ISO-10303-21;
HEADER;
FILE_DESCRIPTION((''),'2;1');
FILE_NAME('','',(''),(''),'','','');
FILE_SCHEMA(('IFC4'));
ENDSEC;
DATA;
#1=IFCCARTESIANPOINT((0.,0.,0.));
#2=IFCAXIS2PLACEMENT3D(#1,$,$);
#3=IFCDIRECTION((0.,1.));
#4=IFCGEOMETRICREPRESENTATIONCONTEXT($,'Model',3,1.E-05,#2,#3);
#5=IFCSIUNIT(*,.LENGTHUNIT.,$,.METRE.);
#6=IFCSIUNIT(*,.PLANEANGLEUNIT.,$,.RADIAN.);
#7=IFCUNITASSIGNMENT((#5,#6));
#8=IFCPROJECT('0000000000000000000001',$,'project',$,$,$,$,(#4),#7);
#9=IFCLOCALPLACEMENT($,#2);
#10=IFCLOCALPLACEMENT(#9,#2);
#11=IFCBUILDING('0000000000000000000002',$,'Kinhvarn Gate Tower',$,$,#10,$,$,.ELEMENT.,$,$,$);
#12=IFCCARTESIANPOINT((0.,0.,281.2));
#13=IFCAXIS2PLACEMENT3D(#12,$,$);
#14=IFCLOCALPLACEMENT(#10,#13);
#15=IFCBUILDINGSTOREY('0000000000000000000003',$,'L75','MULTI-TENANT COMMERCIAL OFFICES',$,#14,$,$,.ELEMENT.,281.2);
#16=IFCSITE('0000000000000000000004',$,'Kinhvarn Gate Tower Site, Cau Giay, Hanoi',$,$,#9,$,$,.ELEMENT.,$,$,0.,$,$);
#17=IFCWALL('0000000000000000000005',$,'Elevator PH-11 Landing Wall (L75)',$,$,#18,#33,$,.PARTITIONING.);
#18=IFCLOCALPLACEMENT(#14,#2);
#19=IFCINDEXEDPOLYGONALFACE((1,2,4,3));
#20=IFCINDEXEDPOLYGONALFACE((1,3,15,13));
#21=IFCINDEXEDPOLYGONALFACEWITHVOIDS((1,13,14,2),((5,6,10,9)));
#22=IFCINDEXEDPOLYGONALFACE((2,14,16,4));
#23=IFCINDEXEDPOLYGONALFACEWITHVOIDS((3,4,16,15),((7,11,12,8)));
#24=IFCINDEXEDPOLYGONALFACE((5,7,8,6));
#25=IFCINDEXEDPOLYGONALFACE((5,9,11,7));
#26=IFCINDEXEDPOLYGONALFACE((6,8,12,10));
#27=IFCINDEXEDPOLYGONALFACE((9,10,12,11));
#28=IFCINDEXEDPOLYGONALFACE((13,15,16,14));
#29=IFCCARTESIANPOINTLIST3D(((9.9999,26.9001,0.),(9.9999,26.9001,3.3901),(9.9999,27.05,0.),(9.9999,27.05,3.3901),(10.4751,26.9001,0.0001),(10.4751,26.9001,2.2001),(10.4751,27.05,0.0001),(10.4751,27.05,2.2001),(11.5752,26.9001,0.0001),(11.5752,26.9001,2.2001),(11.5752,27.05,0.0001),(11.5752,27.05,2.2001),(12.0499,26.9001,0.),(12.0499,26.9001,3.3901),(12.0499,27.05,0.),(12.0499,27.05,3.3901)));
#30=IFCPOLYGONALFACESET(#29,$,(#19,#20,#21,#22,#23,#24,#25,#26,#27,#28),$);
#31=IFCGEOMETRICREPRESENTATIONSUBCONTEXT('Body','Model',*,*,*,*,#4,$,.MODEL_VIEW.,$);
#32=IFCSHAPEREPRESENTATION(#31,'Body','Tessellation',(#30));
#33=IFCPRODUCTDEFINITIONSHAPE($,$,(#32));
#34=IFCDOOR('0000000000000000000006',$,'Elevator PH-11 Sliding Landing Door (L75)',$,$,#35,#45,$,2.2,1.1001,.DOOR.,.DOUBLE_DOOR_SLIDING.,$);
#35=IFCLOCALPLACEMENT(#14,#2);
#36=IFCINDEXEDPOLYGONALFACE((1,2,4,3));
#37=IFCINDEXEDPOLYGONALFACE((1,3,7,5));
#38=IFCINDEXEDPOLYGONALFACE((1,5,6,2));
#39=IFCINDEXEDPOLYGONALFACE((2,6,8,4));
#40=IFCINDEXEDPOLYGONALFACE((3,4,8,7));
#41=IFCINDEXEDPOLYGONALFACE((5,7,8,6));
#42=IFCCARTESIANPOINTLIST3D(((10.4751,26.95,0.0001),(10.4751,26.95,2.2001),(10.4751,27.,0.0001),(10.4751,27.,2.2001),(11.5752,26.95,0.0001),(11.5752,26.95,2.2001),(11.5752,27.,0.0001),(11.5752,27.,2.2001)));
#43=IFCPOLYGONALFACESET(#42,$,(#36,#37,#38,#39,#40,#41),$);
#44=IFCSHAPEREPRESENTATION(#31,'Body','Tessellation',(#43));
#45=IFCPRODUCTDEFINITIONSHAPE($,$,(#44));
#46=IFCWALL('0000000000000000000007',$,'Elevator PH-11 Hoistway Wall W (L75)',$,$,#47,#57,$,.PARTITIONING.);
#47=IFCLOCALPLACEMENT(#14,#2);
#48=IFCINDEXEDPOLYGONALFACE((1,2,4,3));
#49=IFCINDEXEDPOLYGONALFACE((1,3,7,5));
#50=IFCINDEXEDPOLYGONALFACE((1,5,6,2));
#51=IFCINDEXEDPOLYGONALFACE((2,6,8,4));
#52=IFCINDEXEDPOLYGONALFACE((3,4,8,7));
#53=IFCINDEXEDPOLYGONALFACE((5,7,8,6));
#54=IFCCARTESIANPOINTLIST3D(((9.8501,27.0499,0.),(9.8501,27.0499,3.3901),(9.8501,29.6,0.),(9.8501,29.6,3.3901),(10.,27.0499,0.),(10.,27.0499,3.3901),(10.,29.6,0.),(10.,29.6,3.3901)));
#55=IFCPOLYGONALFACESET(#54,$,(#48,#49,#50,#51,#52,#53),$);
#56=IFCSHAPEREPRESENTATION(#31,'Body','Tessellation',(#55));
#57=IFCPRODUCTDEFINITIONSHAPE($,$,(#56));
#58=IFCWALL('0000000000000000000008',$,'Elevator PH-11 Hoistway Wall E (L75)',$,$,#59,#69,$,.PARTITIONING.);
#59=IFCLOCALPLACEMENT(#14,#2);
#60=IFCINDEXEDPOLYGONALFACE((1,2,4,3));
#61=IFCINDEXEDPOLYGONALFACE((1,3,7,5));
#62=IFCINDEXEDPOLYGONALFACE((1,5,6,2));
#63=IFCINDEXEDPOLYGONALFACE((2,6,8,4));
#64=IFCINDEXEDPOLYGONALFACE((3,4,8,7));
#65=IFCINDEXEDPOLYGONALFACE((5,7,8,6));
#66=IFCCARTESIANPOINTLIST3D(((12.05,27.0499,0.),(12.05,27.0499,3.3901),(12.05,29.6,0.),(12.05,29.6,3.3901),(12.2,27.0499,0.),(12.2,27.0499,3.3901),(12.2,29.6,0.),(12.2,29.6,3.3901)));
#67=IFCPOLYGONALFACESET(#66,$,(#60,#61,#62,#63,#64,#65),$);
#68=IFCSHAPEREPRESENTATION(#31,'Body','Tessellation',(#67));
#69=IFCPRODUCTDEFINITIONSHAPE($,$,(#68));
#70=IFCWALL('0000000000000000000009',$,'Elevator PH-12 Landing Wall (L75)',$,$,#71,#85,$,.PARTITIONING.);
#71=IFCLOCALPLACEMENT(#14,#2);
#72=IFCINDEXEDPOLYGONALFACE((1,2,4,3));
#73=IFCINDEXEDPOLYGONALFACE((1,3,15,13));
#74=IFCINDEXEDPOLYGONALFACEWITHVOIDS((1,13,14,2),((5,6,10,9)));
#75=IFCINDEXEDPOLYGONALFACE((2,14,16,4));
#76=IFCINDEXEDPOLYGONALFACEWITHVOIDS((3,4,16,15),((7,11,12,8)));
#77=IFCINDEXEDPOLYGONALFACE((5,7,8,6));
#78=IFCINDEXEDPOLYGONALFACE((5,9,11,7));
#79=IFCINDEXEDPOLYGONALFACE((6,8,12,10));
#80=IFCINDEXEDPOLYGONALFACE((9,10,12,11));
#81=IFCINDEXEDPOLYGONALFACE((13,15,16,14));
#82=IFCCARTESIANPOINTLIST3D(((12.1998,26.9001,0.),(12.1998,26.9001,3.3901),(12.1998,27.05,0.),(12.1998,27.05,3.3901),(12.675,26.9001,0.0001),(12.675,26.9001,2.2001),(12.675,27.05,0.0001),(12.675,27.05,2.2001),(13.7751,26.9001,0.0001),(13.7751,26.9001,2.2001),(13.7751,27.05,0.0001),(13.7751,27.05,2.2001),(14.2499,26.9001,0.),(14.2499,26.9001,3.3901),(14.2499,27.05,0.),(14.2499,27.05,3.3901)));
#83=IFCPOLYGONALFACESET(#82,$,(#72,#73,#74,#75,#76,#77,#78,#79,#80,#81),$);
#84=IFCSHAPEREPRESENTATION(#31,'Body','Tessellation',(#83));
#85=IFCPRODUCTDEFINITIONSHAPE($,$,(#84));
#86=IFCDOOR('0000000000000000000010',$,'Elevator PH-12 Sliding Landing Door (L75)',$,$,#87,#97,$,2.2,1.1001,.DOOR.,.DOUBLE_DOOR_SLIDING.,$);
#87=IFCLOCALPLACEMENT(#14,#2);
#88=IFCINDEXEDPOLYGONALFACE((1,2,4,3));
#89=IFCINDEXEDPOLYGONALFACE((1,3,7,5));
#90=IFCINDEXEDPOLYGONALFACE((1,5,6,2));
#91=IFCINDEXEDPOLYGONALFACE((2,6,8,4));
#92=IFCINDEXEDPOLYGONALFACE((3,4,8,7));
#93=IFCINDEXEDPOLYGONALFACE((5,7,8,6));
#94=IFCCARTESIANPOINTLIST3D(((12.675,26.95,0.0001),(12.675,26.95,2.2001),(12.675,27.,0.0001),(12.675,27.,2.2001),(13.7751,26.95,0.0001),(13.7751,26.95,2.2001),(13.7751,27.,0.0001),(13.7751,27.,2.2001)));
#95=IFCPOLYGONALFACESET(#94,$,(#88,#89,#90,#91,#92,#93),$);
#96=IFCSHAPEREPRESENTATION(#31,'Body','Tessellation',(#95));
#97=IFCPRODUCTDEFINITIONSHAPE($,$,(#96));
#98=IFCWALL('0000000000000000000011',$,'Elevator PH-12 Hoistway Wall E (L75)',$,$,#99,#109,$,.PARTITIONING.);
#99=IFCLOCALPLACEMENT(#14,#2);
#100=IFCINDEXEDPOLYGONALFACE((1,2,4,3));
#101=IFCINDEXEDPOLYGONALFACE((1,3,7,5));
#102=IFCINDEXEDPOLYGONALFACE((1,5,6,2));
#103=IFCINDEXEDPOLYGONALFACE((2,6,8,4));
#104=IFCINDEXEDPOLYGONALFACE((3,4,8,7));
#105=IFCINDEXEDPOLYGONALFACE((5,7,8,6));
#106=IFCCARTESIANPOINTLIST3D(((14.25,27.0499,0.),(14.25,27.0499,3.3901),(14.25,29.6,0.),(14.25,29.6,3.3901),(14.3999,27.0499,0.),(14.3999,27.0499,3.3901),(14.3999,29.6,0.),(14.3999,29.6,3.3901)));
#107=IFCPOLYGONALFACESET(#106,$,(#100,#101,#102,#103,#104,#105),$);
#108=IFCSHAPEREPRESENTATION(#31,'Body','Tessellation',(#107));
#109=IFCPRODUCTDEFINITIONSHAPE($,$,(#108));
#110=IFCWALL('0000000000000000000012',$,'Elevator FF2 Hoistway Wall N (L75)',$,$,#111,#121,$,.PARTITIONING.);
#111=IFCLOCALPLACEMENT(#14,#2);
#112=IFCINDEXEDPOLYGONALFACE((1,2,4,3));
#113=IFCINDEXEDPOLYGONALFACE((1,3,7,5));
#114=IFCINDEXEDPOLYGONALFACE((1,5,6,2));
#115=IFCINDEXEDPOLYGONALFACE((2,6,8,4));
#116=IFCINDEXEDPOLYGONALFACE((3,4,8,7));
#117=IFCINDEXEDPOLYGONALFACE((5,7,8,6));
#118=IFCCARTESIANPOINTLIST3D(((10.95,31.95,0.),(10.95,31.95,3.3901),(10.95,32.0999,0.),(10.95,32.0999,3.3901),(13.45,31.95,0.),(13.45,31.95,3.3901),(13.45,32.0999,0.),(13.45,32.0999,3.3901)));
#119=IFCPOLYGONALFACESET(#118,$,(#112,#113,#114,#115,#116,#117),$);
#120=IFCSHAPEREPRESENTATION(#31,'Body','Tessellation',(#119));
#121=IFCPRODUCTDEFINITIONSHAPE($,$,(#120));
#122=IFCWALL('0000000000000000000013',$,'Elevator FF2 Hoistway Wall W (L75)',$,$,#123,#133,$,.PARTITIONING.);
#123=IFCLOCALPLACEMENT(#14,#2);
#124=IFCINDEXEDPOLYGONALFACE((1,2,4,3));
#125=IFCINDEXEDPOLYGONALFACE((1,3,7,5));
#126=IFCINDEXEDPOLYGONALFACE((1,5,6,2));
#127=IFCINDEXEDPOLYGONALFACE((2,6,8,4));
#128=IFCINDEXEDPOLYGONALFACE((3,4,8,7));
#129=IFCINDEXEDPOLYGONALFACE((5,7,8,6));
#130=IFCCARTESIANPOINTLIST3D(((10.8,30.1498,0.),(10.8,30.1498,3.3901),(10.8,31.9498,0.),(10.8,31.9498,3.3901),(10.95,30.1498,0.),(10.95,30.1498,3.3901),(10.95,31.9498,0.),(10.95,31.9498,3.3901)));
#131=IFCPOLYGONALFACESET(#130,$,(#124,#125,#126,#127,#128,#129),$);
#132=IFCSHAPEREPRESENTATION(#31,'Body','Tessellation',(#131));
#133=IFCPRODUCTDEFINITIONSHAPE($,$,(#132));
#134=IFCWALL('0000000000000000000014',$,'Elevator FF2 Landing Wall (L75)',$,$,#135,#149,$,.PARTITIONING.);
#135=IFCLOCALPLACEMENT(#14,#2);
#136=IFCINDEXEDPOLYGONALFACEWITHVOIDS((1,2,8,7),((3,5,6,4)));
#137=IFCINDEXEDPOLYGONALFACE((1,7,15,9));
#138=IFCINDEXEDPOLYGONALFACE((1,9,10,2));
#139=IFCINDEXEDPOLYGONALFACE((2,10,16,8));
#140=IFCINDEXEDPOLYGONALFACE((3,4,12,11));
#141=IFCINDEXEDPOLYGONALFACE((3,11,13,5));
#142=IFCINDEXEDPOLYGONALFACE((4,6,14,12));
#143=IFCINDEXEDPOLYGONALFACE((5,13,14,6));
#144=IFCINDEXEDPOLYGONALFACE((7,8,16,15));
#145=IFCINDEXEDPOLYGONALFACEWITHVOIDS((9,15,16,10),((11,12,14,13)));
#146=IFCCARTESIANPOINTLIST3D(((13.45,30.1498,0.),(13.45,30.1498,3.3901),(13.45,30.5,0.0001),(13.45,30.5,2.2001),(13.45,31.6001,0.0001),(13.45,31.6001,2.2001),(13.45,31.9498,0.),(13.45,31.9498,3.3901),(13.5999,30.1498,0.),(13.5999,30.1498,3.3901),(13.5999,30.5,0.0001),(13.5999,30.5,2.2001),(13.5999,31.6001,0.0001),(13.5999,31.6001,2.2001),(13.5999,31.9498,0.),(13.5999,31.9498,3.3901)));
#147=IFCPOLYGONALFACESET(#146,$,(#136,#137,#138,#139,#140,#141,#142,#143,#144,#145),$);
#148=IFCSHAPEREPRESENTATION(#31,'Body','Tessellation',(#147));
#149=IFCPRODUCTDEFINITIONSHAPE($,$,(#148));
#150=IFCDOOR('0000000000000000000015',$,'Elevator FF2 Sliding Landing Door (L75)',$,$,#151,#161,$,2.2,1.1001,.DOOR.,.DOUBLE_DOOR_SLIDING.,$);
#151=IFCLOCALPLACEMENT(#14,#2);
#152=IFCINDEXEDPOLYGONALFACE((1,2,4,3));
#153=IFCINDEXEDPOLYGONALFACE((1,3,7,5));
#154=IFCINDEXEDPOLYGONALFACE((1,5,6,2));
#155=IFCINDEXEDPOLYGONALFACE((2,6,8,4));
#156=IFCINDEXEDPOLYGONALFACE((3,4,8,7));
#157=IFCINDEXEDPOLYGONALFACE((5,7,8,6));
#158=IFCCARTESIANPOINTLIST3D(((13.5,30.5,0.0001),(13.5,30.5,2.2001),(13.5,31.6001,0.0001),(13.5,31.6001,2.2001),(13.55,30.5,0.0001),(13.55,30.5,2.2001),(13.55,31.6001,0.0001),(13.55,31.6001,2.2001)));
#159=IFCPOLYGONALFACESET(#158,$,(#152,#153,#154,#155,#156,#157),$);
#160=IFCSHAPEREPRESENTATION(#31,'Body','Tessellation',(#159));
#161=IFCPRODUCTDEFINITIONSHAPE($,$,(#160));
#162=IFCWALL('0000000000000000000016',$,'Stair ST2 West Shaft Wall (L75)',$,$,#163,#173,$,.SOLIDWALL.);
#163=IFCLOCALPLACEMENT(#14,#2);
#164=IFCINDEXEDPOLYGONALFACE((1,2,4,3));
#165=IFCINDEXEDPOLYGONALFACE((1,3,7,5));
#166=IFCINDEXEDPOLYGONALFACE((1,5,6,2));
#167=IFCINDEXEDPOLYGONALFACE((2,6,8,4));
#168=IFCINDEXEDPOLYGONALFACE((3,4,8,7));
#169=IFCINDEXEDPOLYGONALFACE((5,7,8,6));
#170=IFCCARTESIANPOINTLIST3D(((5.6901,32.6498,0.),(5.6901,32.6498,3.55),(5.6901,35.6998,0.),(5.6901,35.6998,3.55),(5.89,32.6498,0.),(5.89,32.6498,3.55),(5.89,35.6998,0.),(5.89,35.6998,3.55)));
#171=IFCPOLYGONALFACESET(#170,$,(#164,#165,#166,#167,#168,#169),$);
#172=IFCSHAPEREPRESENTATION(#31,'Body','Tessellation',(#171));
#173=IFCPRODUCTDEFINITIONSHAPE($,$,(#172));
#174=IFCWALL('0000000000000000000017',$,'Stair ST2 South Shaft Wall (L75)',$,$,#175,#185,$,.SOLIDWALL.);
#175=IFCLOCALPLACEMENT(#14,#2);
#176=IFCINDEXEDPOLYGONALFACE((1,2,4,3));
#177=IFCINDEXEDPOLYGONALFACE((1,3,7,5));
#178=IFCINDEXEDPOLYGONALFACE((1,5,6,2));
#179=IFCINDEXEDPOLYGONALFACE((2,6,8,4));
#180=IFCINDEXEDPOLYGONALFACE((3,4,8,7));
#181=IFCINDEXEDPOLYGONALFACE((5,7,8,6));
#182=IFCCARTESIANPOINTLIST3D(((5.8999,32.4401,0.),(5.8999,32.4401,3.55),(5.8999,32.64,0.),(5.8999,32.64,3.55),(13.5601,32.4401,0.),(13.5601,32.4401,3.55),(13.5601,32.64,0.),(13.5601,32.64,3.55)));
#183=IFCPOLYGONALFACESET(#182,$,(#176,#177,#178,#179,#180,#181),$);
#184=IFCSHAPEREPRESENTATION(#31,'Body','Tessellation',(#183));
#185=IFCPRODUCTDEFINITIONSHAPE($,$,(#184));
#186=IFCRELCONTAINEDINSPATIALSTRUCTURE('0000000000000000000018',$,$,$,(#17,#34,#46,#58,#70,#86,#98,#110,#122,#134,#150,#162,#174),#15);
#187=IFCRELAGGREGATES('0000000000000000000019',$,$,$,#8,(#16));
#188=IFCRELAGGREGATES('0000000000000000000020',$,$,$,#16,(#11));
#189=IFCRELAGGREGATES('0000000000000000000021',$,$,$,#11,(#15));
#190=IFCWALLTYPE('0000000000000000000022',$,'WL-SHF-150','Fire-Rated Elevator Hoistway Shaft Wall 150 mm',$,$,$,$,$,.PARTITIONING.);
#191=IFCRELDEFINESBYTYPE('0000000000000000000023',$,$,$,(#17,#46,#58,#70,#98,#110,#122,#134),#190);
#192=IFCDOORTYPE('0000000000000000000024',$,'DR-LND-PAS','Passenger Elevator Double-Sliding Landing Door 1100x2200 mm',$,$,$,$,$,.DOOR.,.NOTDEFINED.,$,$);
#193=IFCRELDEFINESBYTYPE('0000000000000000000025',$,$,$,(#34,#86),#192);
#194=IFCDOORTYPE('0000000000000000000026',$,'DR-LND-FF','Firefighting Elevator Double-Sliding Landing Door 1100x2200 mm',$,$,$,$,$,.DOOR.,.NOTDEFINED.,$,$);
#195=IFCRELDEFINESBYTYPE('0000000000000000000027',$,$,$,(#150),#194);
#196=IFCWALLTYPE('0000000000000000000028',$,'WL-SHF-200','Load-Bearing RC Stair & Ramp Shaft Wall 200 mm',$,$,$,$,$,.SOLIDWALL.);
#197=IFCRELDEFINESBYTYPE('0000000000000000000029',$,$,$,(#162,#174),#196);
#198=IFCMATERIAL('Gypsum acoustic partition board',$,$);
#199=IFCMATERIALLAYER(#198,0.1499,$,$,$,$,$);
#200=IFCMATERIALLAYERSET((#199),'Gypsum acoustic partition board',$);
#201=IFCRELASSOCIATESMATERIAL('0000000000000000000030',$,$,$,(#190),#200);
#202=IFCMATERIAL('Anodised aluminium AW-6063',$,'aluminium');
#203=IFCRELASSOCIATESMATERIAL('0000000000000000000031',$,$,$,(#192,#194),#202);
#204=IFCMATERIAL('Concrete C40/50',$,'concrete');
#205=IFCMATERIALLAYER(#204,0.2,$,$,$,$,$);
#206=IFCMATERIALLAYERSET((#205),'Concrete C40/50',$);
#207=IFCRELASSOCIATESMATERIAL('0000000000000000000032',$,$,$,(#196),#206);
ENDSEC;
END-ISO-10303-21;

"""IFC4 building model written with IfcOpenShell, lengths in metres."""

from ifc_helpers import new_model, si_unit, direction, frame, frame_2d, origin, place, context, subcontext, project, spatial, rectangle, extrude, material, layer, layer_set, type_object, element, fill, save


model = new_model("IFC4")

# Units and contexts
model_context = context("Model", 3, precision=1e-05, world=origin(), true_north=direction((0.0, 1.0)))
body_context = subcontext(model_context, "Body", "Model", "MODEL_VIEW")
ifc_project = project(units=[si_unit("LENGTHUNIT", "METRE"), si_unit("PLANEANGLEUNIT", "RADIAN")], contexts=[model_context])

# Site, building, storey
site_placement = place(None, origin())
site = spatial("IfcSite", under=ifc_project, at=site_placement, Name="Kinhvarn Gate Tower Site, Cau Giay, Hanoi", CompositionType="ELEMENT", RefElevation=0.0)
building_placement = place(site_placement, origin())
building = spatial("IfcBuilding", under=site, at=building_placement, Name="Kinhvarn Gate Tower", CompositionType="ELEMENT")
storey_placement = place(building_placement, frame((0.0, 0.0, 281.2)))
storey = spatial("IfcBuildingStorey", under=building, at=storey_placement, Name="L75", Description="MULTI-TENANT COMMERCIAL OFFICES", CompositionType="ELEMENT", Elevation=281.2)

# Shared definitions
ifc_material_1 = material(Name="Gypsum acoustic partition board")

# Shared definitions
ifc_material_2 = material(Name="Anodised aluminium AW-6063", Category="aluminium")

# Wall, opening, door
ifc_layer_1 = layer(ifc_material_1, 0.1499)
ifc_layer_set_1 = layer_set([ifc_layer_1], Name="Gypsum acoustic partition board")
wall_type_1 = type_object("IfcWallType", Name="WL-SHF-150", Description="Fire-Rated Elevator Hoistway Shaft Wall 150 mm", PredefinedType="PARTITIONING", material=ifc_layer_set_1)
door_type_1 = type_object("IfcDoorType", Name="DR-LND-PAS", Description="Passenger Elevator Double-Sliding Landing Door 1100x2200 mm", OperationType="NOTDEFINED", PredefinedType="DOOR", material=ifc_material_2)
wall_1_placement = place(storey_placement, frame((10.0, 26.9751, 0.0), z_axis=(0.0, 0.0, 1.0), x_axis=(1.0, 0.0, 0.0)))
wall_1 = element("IfcWall", 1, at=wall_1_placement, inside=storey, type_object=wall_type_1, Name="Elevator PH-11 Landing Wall (L75)", PredefinedType="PARTITIONING", context=body_context, shape_type="SweptSolid", body=[
    extrude(rectangle(XDim=2.05, YDim=0.1499, at=frame_2d((1.0249, 0.0))), origin(), (0.0, 0.0, 1.0), 3.3901),
])
opening_1_placement = place(wall_1_placement, frame((0.4751, 0.0, 0.0)))
opening_1 = element("IfcOpeningElement", 2, at=opening_1_placement, cuts=wall_1, PredefinedType="OPENING", context=body_context, shape_type="SweptSolid", body=[
    extrude(rectangle(XDim=1.1001, YDim=2.2, at=frame_2d((0.55, 1.1001))), frame((0.0, 0.085, 0.0), z_axis=(0.0, -1.0, 0.0), x_axis=(1.0, 0.0, 0.0)), (0.0, 0.0, 1.0), 0.1699),
])
door_1_placement = place(opening_1_placement, origin())
door_1 = element("IfcDoor", 3, at=door_1_placement, inside=storey, type_object=door_type_1, Name="Elevator PH-11 Sliding Landing Door (L75)", OperationType="DOUBLE_DOOR_SLIDING", OverallHeight=2.2, OverallWidth=1.1001, PredefinedType="DOOR", context=body_context, shape_type="SweptSolid", body=[
    extrude(rectangle(XDim=1.1001, YDim=2.2, at=frame_2d((0.55, 1.1001))), frame((0.0, 0.0249, 0.0), z_axis=(0.0, -1.0, 0.0), x_axis=(1.0, 0.0, 0.0)), (0.0, 0.0, 1.0), 0.05),
])
fill(opening_1, door_1)

# Walls
for number, where, z_axis, x_axis, name in (
    (4, (9.925, 27.05, 0.0), (0.0, 0.0, 1.0), (0.0, 1.0, 0.0), "Elevator PH-11 Hoistway Wall W (L75)"),
    (5, (12.125, 27.05, 0.0), (0.0, 0.0, 1.0), (0.0, 1.0, 0.0), "Elevator PH-11 Hoistway Wall E (L75)"),
):
    element("IfcWall", number, at=place(storey_placement, frame(where, z_axis=z_axis, x_axis=x_axis)), inside=storey, type_object=wall_type_1, Name=name, PredefinedType="PARTITIONING", context=body_context, shape_type="SweptSolid", body=[
        extrude(rectangle(XDim=2.55, YDim=0.1499, at=frame_2d((1.2749, 0.0))), origin(), (0.0, 0.0, 1.0), 3.3901),
    ])

# Wall, opening, door
wall_2_placement = place(storey_placement, frame((12.2, 26.9751, 0.0), z_axis=(0.0, 0.0, 1.0), x_axis=(1.0, 0.0, 0.0)))
wall_2 = element("IfcWall", 6, at=wall_2_placement, inside=storey, type_object=wall_type_1, Name="Elevator PH-12 Landing Wall (L75)", PredefinedType="PARTITIONING", context=body_context, shape_type="SweptSolid", body=[
    extrude(rectangle(XDim=2.05, YDim=0.1499, at=frame_2d((1.0249, 0.0))), origin(), (0.0, 0.0, 1.0), 3.3901),
])
opening_2_placement = place(wall_2_placement, frame((0.4751, 0.0, 0.0)))
opening_2 = element("IfcOpeningElement", 7, at=opening_2_placement, cuts=wall_2, PredefinedType="OPENING", context=body_context, shape_type="SweptSolid", body=[
    extrude(rectangle(XDim=1.1001, YDim=2.2, at=frame_2d((0.55, 1.1001))), frame((0.0, 0.085, 0.0), z_axis=(0.0, -1.0, 0.0), x_axis=(1.0, 0.0, 0.0)), (0.0, 0.0, 1.0), 0.1699),
])
door_2_placement = place(opening_2_placement, origin())
door_2 = element("IfcDoor", 8, at=door_2_placement, inside=storey, type_object=door_type_1, Name="Elevator PH-12 Sliding Landing Door (L75)", OperationType="DOUBLE_DOOR_SLIDING", OverallHeight=2.2, OverallWidth=1.1001, PredefinedType="DOOR", context=body_context, shape_type="SweptSolid", body=[
    extrude(rectangle(XDim=1.1001, YDim=2.2, at=frame_2d((0.55, 1.1001))), frame((0.0, 0.0249, 0.0), z_axis=(0.0, -1.0, 0.0), x_axis=(1.0, 0.0, 0.0)), (0.0, 0.0, 1.0), 0.05),
])
fill(opening_2, door_2)

# Walls
wall_3_placement = place(storey_placement, frame((14.325, 27.05, 0.0), z_axis=(0.0, 0.0, 1.0), x_axis=(0.0, 1.0, 0.0)))
element("IfcWall", 9, at=wall_3_placement, inside=storey, type_object=wall_type_1, Name="Elevator PH-12 Hoistway Wall E (L75)", PredefinedType="PARTITIONING", context=body_context, shape_type="SweptSolid", body=[
    extrude(rectangle(XDim=2.55, YDim=0.1499, at=frame_2d((1.2749, 0.0))), origin(), (0.0, 0.0, 1.0), 3.3901),
])
wall_4_placement = place(storey_placement, frame((10.95, 32.0249, 0.0), z_axis=(0.0, 0.0, 1.0), x_axis=(1.0, 0.0, 0.0)))
element("IfcWall", 10, at=wall_4_placement, inside=storey, type_object=wall_type_1, Name="Elevator FF2 Hoistway Wall N (L75)", PredefinedType="PARTITIONING", context=body_context, shape_type="SweptSolid", body=[
    extrude(rectangle(XDim=2.5, YDim=0.1499, at=frame_2d((1.25, 0.0))), origin(), (0.0, 0.0, 1.0), 3.3901),
])
wall_5_placement = place(storey_placement, frame((10.875, 30.1499, 0.0), z_axis=(0.0, 0.0, 1.0), x_axis=(0.0, 1.0, 0.0)))
element("IfcWall", 11, at=wall_5_placement, inside=storey, type_object=wall_type_1, Name="Elevator FF2 Hoistway Wall W (L75)", PredefinedType="PARTITIONING", context=body_context, shape_type="SweptSolid", body=[
    extrude(rectangle(XDim=1.8, YDim=0.1499, at=frame_2d((0.8999, 0.0))), origin(), (0.0, 0.0, 1.0), 3.3901),
])

# Wall, opening, door
wall_6_placement = place(storey_placement, frame((13.5249, 30.1499, 0.0), z_axis=(0.0, 0.0, 1.0), x_axis=(0.0, 1.0, 0.0)))
wall_6 = element("IfcWall", 12, at=wall_6_placement, inside=storey, type_object=wall_type_1, Name="Elevator FF2 Landing Wall (L75)", PredefinedType="PARTITIONING", context=body_context, shape_type="SweptSolid", body=[
    extrude(rectangle(XDim=1.8, YDim=0.1499, at=frame_2d((0.8999, 0.0))), origin(), (0.0, 0.0, 1.0), 3.3901),
])
opening_3_placement = place(wall_6_placement, frame((0.3501, 0.0, 0.0)))
opening_3 = element("IfcOpeningElement", 13, at=opening_3_placement, cuts=wall_6, PredefinedType="OPENING", context=body_context, shape_type="SweptSolid", body=[
    extrude(rectangle(XDim=1.1001, YDim=2.2, at=frame_2d((0.55, 1.1001))), frame((0.0, 0.085, 0.0), z_axis=(0.0, -1.0, 0.0), x_axis=(1.0, 0.0, 0.0)), (0.0, 0.0, 1.0), 0.1699),
])
door_type_2 = type_object("IfcDoorType", Name="DR-LND-FF", Description="Firefighting Elevator Double-Sliding Landing Door 1100x2200 mm", OperationType="NOTDEFINED", PredefinedType="DOOR", material=ifc_material_2)
door_3_placement = place(opening_3_placement, origin())
door_3 = element("IfcDoor", 14, at=door_3_placement, inside=storey, type_object=door_type_2, Name="Elevator FF2 Sliding Landing Door (L75)", OperationType="DOUBLE_DOOR_SLIDING", OverallHeight=2.2, OverallWidth=1.1001, PredefinedType="DOOR", context=body_context, shape_type="SweptSolid", body=[
    extrude(rectangle(XDim=1.1001, YDim=2.2, at=frame_2d((0.55, 1.1001))), frame((0.0, 0.0249, 0.0), z_axis=(0.0, -1.0, 0.0), x_axis=(1.0, 0.0, 0.0)), (0.0, 0.0, 1.0), 0.05),
])
fill(opening_3, door_3)

# Walls
ifc_material_3 = material(Name="Concrete C40/50", Category="concrete")
ifc_layer_2 = layer(ifc_material_3, 0.2)
ifc_layer_set_2 = layer_set([ifc_layer_2], Name="Concrete C40/50")
wall_type_2 = type_object("IfcWallType", Name="WL-SHF-200", Description="Load-Bearing RC Stair & Ramp Shaft Wall 200 mm", PredefinedType="SOLIDWALL", material=ifc_layer_set_2)
wall_7_placement = place(storey_placement, frame((5.79, 32.6499, 0.0), z_axis=(0.0, 0.0, 1.0), x_axis=(0.0, 1.0, 0.0)))
element("IfcWall", 15, at=wall_7_placement, inside=storey, type_object=wall_type_2, Name="Stair ST2 West Shaft Wall (L75)", PredefinedType="SOLIDWALL", context=body_context, shape_type="SweptSolid", body=[
    extrude(rectangle(XDim=3.05, YDim=0.2, at=frame_2d((1.5249, 0.0))), origin(), (0.0, 0.0, 1.0), 3.55),
])
wall_8_placement = place(storey_placement, frame((5.8999, 32.54, 0.0), z_axis=(0.0, 0.0, 1.0), x_axis=(1.0, 0.0, 0.0)))
element("IfcWall", 16, at=wall_8_placement, inside=storey, type_object=wall_type_2, Name="Stair ST2 South Shaft Wall (L75)", PredefinedType="SOLIDWALL", context=body_context, shape_type="SweptSolid", body=[
    extrude(rectangle(XDim=7.6602, YDim=0.2, at=frame_2d((3.8301, 0.0))), origin(), (0.0, 0.0, 1.0), 3.55),
])

save(model, "model.ifc")
